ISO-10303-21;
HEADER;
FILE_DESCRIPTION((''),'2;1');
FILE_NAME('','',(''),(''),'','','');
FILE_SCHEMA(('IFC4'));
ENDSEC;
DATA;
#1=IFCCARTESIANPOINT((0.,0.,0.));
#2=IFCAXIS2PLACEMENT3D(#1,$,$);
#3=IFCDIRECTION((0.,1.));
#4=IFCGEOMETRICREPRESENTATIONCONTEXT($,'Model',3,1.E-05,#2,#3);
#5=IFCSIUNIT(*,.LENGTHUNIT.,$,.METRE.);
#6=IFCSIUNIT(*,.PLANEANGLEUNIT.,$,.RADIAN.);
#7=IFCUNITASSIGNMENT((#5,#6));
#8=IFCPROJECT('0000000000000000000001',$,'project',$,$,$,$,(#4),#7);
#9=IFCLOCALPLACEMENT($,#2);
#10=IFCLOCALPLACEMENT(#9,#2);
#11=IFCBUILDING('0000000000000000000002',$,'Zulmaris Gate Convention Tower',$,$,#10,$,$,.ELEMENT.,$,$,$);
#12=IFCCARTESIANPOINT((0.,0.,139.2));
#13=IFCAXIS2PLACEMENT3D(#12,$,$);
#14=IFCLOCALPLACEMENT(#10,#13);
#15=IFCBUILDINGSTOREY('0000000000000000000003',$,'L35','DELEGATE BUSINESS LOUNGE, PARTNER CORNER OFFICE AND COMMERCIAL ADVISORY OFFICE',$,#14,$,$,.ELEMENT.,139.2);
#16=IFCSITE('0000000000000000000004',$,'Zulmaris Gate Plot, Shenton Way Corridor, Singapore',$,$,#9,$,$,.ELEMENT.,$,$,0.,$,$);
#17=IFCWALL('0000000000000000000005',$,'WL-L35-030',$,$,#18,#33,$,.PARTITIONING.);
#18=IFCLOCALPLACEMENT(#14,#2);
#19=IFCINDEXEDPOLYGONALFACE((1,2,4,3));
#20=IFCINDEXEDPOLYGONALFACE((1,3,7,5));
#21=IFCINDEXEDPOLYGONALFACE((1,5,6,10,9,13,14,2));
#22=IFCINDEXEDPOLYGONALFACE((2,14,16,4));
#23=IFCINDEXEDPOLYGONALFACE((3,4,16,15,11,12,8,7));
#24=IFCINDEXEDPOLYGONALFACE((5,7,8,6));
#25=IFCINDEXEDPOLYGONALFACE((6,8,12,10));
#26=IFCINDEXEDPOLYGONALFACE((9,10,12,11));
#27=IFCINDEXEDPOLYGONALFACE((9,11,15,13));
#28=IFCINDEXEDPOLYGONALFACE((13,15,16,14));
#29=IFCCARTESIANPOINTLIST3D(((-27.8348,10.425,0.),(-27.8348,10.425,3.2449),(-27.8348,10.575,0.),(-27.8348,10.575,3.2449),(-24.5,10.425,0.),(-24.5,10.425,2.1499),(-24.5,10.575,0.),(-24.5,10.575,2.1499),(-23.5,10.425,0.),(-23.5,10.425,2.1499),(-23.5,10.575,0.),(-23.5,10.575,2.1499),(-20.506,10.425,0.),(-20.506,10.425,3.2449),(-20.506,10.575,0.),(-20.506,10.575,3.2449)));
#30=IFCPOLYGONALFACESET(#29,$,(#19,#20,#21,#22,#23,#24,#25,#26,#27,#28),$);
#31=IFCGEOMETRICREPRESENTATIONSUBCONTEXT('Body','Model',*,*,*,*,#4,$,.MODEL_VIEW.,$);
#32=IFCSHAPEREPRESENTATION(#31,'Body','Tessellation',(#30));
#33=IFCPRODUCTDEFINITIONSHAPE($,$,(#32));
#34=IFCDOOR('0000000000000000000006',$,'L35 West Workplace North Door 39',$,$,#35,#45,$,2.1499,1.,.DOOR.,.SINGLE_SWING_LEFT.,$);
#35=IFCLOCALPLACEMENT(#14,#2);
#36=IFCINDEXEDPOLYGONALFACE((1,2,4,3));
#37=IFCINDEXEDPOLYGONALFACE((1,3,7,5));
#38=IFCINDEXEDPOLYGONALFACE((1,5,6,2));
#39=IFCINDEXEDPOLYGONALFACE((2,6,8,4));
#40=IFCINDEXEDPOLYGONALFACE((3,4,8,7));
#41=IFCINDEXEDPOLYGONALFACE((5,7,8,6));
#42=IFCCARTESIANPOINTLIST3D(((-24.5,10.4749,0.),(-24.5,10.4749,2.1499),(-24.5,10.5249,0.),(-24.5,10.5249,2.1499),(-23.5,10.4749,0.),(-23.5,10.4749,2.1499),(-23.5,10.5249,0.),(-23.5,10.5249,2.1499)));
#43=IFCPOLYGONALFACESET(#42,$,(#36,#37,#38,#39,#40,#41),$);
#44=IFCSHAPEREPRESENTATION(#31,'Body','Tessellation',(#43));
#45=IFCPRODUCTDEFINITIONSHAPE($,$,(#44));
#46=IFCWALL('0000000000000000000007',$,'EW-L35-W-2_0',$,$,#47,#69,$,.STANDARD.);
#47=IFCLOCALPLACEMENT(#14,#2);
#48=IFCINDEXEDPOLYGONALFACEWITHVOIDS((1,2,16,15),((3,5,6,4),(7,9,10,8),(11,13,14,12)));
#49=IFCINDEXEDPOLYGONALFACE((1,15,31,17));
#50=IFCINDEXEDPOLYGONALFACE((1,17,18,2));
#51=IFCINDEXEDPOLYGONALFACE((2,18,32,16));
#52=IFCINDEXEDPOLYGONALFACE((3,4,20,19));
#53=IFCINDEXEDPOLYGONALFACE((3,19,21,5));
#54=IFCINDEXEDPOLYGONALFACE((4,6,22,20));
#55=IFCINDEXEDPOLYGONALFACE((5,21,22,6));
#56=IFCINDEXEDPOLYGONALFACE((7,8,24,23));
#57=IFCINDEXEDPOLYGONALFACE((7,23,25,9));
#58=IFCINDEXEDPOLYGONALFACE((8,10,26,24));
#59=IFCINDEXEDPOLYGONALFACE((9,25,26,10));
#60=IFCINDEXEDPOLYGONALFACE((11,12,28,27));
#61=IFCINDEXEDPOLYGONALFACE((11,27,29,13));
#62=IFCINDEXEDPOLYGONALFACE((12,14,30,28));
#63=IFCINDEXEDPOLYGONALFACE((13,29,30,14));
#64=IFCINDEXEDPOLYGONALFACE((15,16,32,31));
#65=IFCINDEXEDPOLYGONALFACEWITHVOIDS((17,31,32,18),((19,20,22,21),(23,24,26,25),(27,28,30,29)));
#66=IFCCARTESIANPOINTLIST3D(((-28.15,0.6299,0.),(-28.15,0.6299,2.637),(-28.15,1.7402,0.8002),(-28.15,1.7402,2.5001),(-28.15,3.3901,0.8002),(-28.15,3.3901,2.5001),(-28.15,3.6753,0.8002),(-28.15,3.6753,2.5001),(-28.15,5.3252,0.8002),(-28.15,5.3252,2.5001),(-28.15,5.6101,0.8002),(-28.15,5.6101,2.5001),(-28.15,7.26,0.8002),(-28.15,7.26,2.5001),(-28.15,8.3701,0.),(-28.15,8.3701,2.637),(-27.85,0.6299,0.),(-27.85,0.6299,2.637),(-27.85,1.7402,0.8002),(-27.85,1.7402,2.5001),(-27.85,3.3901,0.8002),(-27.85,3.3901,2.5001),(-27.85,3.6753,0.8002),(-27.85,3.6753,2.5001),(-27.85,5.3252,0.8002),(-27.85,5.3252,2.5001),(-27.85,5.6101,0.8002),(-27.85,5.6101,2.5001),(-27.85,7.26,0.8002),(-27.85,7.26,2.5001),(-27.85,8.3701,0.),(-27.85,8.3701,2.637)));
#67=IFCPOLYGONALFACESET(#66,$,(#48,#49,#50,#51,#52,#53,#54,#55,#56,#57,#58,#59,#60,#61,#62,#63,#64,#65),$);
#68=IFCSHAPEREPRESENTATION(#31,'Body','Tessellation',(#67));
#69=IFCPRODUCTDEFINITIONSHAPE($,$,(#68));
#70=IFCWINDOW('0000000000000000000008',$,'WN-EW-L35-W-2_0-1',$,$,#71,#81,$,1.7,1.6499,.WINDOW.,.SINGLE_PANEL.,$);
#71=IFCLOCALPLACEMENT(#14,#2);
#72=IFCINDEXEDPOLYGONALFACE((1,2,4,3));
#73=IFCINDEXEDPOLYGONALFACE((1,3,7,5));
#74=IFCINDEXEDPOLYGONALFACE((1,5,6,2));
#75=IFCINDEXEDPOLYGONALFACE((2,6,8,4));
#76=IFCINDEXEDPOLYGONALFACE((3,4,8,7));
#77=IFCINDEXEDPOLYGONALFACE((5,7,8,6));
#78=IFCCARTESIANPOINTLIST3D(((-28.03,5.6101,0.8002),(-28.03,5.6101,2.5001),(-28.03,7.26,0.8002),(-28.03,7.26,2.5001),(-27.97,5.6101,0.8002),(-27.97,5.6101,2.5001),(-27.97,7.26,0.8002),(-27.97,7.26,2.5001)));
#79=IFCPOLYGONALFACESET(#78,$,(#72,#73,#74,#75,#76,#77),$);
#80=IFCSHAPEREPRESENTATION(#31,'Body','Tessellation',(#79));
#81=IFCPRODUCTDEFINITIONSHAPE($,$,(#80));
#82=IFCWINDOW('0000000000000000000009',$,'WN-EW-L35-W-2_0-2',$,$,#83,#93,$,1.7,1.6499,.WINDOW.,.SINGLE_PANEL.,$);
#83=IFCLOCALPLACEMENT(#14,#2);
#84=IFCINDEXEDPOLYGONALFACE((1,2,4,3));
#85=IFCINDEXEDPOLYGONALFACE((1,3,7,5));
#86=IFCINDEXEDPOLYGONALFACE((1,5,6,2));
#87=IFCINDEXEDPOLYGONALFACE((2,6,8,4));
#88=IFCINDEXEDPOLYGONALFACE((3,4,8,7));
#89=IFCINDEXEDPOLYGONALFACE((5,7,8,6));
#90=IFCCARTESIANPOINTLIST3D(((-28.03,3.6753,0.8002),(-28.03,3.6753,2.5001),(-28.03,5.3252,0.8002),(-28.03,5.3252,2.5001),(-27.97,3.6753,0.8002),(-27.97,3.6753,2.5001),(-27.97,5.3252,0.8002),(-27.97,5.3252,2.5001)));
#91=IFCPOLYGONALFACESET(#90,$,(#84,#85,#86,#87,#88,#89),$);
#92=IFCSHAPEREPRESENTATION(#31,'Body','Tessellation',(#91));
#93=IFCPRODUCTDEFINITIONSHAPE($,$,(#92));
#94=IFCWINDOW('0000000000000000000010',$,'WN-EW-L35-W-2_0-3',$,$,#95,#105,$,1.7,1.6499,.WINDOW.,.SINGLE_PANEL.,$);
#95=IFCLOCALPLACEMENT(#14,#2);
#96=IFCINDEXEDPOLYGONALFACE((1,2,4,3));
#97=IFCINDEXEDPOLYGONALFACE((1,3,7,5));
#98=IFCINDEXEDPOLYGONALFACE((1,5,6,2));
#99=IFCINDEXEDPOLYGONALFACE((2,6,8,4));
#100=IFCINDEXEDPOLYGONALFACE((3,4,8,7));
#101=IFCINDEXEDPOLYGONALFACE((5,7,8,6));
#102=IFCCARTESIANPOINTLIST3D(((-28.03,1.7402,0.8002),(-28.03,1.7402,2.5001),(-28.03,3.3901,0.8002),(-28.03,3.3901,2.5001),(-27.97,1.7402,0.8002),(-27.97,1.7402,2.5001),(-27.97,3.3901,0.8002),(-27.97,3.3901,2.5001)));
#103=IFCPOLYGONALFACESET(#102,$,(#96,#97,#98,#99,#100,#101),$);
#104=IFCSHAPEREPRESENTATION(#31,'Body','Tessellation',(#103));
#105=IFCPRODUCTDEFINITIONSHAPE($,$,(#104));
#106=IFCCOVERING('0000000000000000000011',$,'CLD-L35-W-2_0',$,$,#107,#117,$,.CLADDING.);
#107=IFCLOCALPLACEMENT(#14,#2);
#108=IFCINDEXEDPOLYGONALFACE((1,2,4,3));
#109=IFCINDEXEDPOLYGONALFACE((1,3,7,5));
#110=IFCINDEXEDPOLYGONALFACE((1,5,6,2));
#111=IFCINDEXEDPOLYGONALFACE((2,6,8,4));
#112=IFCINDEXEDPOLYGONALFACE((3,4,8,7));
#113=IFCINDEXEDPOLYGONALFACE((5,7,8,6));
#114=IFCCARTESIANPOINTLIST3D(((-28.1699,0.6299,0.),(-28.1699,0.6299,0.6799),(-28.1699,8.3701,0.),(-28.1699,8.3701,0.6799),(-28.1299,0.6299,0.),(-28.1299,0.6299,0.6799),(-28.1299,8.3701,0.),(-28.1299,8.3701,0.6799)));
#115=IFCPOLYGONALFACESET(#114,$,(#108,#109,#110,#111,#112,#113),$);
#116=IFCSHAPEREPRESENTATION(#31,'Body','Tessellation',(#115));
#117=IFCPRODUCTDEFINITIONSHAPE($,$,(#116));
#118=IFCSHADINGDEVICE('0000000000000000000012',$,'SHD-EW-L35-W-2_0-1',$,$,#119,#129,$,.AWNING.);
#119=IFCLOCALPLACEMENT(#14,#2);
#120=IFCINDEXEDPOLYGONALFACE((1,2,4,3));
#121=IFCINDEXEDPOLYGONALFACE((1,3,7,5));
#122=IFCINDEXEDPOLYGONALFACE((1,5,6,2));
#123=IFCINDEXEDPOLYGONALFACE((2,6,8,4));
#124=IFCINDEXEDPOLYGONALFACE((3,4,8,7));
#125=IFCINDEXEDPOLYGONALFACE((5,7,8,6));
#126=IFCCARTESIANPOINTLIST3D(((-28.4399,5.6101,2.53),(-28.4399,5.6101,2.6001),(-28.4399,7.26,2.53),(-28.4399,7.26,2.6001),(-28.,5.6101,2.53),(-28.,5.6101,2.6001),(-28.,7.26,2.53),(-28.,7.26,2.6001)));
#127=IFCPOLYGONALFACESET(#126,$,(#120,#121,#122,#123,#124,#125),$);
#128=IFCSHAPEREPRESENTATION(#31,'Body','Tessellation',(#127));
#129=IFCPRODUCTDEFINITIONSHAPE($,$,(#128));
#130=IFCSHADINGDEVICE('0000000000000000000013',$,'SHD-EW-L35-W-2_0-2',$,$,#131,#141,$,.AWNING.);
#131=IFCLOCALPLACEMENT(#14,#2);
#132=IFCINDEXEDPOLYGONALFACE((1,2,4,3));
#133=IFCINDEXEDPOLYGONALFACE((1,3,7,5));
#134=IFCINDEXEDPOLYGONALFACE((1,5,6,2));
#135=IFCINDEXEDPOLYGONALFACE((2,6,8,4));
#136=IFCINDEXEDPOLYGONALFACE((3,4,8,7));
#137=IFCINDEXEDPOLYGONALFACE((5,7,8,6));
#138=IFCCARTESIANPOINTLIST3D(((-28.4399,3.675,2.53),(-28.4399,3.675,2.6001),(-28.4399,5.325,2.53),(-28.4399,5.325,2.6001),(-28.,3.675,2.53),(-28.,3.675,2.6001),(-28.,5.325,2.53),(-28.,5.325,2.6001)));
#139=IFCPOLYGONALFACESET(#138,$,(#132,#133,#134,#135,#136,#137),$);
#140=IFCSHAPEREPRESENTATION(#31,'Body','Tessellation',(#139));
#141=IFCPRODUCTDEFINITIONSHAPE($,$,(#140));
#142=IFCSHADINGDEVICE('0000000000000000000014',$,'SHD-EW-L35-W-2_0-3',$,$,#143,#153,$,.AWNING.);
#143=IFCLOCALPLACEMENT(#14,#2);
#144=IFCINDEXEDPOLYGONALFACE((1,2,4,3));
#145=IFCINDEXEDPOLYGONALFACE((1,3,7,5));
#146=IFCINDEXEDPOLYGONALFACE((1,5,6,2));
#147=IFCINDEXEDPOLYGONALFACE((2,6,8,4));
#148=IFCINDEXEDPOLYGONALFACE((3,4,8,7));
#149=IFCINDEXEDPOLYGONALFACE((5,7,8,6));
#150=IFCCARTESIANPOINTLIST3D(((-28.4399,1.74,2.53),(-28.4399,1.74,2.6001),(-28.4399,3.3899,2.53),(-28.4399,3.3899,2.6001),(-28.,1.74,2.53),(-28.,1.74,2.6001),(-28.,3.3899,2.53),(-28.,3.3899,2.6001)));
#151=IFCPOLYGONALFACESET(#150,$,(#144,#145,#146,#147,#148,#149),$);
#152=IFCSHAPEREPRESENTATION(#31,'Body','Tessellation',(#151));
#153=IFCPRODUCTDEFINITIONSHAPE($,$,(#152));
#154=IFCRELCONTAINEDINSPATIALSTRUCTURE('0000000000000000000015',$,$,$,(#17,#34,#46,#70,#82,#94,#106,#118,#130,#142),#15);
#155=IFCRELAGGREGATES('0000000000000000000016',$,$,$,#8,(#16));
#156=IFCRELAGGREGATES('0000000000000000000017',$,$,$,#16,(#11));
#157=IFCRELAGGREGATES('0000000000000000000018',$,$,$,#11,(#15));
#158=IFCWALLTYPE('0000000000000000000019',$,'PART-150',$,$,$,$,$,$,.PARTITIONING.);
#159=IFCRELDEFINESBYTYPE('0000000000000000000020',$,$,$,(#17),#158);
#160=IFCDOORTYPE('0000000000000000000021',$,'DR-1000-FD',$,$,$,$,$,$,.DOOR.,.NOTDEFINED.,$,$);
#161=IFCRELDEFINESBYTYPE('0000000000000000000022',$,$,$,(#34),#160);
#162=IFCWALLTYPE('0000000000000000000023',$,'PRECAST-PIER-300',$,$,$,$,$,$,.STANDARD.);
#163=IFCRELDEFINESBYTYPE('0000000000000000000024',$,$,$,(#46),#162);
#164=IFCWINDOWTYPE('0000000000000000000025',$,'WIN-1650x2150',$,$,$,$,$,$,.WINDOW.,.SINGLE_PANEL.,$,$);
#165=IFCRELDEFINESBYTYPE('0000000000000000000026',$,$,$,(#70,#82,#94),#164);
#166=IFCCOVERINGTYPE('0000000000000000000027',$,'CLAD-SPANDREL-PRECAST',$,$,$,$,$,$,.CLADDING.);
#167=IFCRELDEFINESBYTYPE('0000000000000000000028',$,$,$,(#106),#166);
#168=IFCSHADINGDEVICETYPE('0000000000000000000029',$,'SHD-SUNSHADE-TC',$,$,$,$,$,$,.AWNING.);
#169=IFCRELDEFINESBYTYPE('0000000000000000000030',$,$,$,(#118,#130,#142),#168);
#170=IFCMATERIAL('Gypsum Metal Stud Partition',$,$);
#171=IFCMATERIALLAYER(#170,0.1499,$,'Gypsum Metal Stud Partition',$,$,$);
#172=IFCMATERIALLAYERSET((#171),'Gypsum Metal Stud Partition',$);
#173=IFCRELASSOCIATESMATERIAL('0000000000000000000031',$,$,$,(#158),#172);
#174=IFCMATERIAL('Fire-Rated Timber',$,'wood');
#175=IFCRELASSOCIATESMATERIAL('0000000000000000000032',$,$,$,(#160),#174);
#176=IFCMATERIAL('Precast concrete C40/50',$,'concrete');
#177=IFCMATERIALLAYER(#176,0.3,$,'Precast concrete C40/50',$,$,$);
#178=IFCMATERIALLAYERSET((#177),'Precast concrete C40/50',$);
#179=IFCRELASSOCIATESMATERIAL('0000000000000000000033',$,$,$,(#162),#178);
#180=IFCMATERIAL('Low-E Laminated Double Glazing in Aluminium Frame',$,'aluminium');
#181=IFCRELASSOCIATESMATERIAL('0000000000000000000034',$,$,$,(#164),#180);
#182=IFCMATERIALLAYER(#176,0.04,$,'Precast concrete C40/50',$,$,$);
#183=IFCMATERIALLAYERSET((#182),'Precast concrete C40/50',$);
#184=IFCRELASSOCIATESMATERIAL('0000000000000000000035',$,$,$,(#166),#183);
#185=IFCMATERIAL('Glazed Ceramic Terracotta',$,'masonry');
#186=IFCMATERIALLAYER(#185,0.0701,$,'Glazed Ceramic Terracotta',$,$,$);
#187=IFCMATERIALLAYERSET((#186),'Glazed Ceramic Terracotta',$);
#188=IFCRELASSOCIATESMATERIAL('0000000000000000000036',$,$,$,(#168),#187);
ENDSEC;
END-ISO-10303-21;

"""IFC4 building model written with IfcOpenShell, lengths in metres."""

from ifc_helpers import new_model, si_unit, direction, frame, frame_2d, origin, place, context, subcontext, project, spatial, rectangle, extrude, material, layer, layer_set, type_object, element, fill, save


model = new_model("IFC4")

# Units and contexts
model_context = context("Model", 3, precision=1e-05, world=origin(), true_north=direction((0.0, 1.0)))
body_context = subcontext(model_context, "Body", "Model", "MODEL_VIEW")
ifc_project = project(units=[si_unit("LENGTHUNIT", "METRE"), si_unit("PLANEANGLEUNIT", "RADIAN")], contexts=[model_context])

# Site, building, storey
site_placement = place(None, origin())
site = spatial("IfcSite", under=ifc_project, at=site_placement, Name="Zulmaris Gate Plot, Shenton Way Corridor, Singapore", CompositionType="ELEMENT", RefElevation=0.0)
building_placement = place(site_placement, origin())
building = spatial("IfcBuilding", under=site, at=building_placement, Name="Zulmaris Gate Convention Tower", CompositionType="ELEMENT")
storey_placement = place(building_placement, frame((0.0, 0.0, 139.2)))
storey = spatial("IfcBuildingStorey", under=building, at=storey_placement, Name="L35", Description="DELEGATE BUSINESS LOUNGE, PARTNER CORNER OFFICE AND COMMERCIAL ADVISORY OFFICE", CompositionType="ELEMENT", Elevation=139.2)

# Wall, opening, door
ifc_material_1 = material(Name="Gypsum Metal Stud Partition")
ifc_layer_1 = layer(ifc_material_1, 0.1499, Name="Gypsum Metal Stud Partition")
ifc_layer_set_1 = layer_set([ifc_layer_1], Name="Gypsum Metal Stud Partition")
wall_type_1 = type_object("IfcWallType", Name="PART-150", PredefinedType="PARTITIONING", material=ifc_layer_set_1)
wall_1_placement = place(storey_placement, frame((-27.835, 10.5, 0.0), z_axis=(0.0, 0.0, 1.0), x_axis=(1.0, 0.0, 0.0)))
wall_1 = element("IfcWall", 1, at=wall_1_placement, inside=storey, type_object=wall_type_1, Name="WL-L35-030", PredefinedType="PARTITIONING", context=body_context, shape_type="SweptSolid", body=[
    extrude(rectangle(XDim=7.3289, YDim=0.1499, at=frame_2d((3.6646, 0.0))), origin(), (0.0, 0.0, 1.0), 3.2449),
])
opening_1_placement = place(wall_1_placement, frame((3.335, 0.0, 0.0)))
opening_1 = element("IfcOpeningElement", 2, at=opening_1_placement, cuts=wall_1, PredefinedType="OPENING", context=body_context, shape_type="SweptSolid", body=[
    extrude(rectangle(XDim=1.0, YDim=2.1499, at=frame_2d((0.5, 1.075))), frame((0.0, 0.085, 0.0), z_axis=(0.0, -1.0, 0.0), x_axis=(1.0, 0.0, 0.0)), (0.0, 0.0, 1.0), 0.1699),
])
ifc_material_2 = material(Name="Fire-Rated Timber", Category="wood")
door_type = type_object("IfcDoorType", Name="DR-1000-FD", OperationType="NOTDEFINED", PredefinedType="DOOR", material=ifc_material_2)
door_placement = place(opening_1_placement, origin())
door = element("IfcDoor", 3, at=door_placement, inside=storey, type_object=door_type, Name="L35 West Workplace North Door 39", OperationType="SINGLE_SWING_LEFT", OverallHeight=2.1499, OverallWidth=1.0, PredefinedType="DOOR", context=body_context, shape_type="SweptSolid", body=[
    extrude(rectangle(XDim=1.0, YDim=2.1499, at=frame_2d((0.5, 1.075))), frame((0.0, 0.0249, 0.0), z_axis=(0.0, -1.0, 0.0), x_axis=(1.0, 0.0, 0.0)), (0.0, 0.0, 1.0), 0.05),
])
fill(opening_1, door)

# Wall, openings, windows
ifc_material_3 = material(Name="Precast concrete C40/50", Category="concrete")
ifc_layer_2 = layer(ifc_material_3, 0.3, Name="Precast concrete C40/50")
ifc_layer_set_2 = layer_set([ifc_layer_2], Name="Precast concrete C40/50")
wall_type_2 = type_object("IfcWallType", Name="PRECAST-PIER-300", PredefinedType="STANDARD", material=ifc_layer_set_2)
wall_2_placement = place(storey_placement, frame((-28.0, 8.3701, 0.0), z_axis=(0.0, 0.0, 1.0), x_axis=(0.0, -1.0, 0.0)))
wall_2 = element("IfcWall", 4, at=wall_2_placement, inside=storey, type_object=wall_type_2, Name="EW-L35-W-2_0", PredefinedType="STANDARD", context=body_context, shape_type="SweptSolid", body=[
    extrude(rectangle(XDim=7.7402, YDim=0.3, at=frame_2d((3.8701, 0.0))), origin(), (0.0, 0.0, 1.0), 2.637),
])
opening_2_placement = place(wall_2_placement, frame((1.1101, 0.0, 0.8)))
opening_2 = element("IfcOpeningElement", 5, at=opening_2_placement, cuts=wall_2, PredefinedType="OPENING", context=body_context, shape_type="SweptSolid", body=[
    extrude(rectangle(XDim=1.6499, YDim=1.7, at=frame_2d((0.825, 0.8501))), frame((0.0, 0.1602, 0.0), z_axis=(0.0, -1.0, 0.0), x_axis=(1.0, 0.0, 0.0)), (0.0, 0.0, 1.0), 0.3201),
])
opening_3_placement = place(wall_2_placement, frame((3.0449, 0.0, 0.8)))
opening_3 = element("IfcOpeningElement", 6, at=opening_3_placement, cuts=wall_2, PredefinedType="OPENING", context=body_context, shape_type="SweptSolid", body=[
    extrude(rectangle(XDim=1.6499, YDim=1.7, at=frame_2d((0.825, 0.8501))), frame((0.0, 0.1602, 0.0), z_axis=(0.0, -1.0, 0.0), x_axis=(1.0, 0.0, 0.0)), (0.0, 0.0, 1.0), 0.3201),
])
opening_4_placement = place(wall_2_placement, frame((4.98, 0.0, 0.8)))
opening_4 = element("IfcOpeningElement", 7, at=opening_4_placement, cuts=wall_2, PredefinedType="OPENING", context=body_context, shape_type="SweptSolid", body=[
    extrude(rectangle(XDim=1.6499, YDim=1.7, at=frame_2d((0.825, 0.8501))), frame((0.0, 0.1602, 0.0), z_axis=(0.0, -1.0, 0.0), x_axis=(1.0, 0.0, 0.0)), (0.0, 0.0, 1.0), 0.3201),
])
ifc_material_4 = material(Name="Low-E Laminated Double Glazing in Aluminium Frame", Category="aluminium")
window_type = type_object("IfcWindowType", Name="WIN-1650x2150", PartitioningType="SINGLE_PANEL", PredefinedType="WINDOW", material=ifc_material_4)
window_1_placement = place(opening_2_placement, origin())
window_1 = element("IfcWindow", 8, at=window_1_placement, inside=storey, type_object=window_type, Name="WN-EW-L35-W-2_0-1", OverallHeight=1.7, OverallWidth=1.6499, PartitioningType="SINGLE_PANEL", PredefinedType="WINDOW", context=body_context, shape_type="SweptSolid", body=[
    extrude(rectangle(XDim=1.6499, YDim=1.7, at=frame_2d((0.825, 0.8501))), frame((0.0, 0.03, 0.0), z_axis=(0.0, -1.0, 0.0), x_axis=(1.0, 0.0, 0.0)), (0.0, 0.0, 1.0), 0.0601),
])
fill(opening_2, window_1)
window_2_placement = place(opening_3_placement, origin())
window_2 = element("IfcWindow", 9, at=window_2_placement, inside=storey, type_object=window_type, Name="WN-EW-L35-W-2_0-2", OverallHeight=1.7, OverallWidth=1.6499, PartitioningType="SINGLE_PANEL", PredefinedType="WINDOW", context=body_context, shape_type="SweptSolid", body=[
    extrude(rectangle(XDim=1.6499, YDim=1.7, at=frame_2d((0.825, 0.8501))), frame((0.0, 0.03, 0.0), z_axis=(0.0, -1.0, 0.0), x_axis=(1.0, 0.0, 0.0)), (0.0, 0.0, 1.0), 0.0601),
])
fill(opening_3, window_2)
window_3_placement = place(opening_4_placement, origin())
window_3 = element("IfcWindow", 10, at=window_3_placement, inside=storey, type_object=window_type, Name="WN-EW-L35-W-2_0-3", OverallHeight=1.7, OverallWidth=1.6499, PartitioningType="SINGLE_PANEL", PredefinedType="WINDOW", context=body_context, shape_type="SweptSolid", body=[
    extrude(rectangle(XDim=1.6499, YDim=1.7, at=frame_2d((0.825, 0.8501))), frame((0.0, 0.03, 0.0), z_axis=(0.0, -1.0, 0.0), x_axis=(1.0, 0.0, 0.0)), (0.0, 0.0, 1.0), 0.0601),
])
fill(opening_4, window_3)

# Covering
ifc_layer_3 = layer(ifc_material_3, 0.04, Name="Precast concrete C40/50")
ifc_layer_set_3 = layer_set([ifc_layer_3], Name="Precast concrete C40/50")
covering_type = type_object("IfcCoveringType", Name="CLAD-SPANDREL-PRECAST", PredefinedType="CLADDING", material=ifc_layer_set_3)
covering_placement = place(storey_placement, frame((-28.1499, 8.3701, 0.0), z_axis=(0.0, 0.0, 1.0), x_axis=(0.0, -1.0, 0.0)))
element("IfcCovering", 11, at=covering_placement, inside=storey, type_object=covering_type, Name="CLD-L35-W-2_0", PredefinedType="CLADDING", context=body_context, shape_type="SweptSolid", body=[
    extrude(rectangle(XDim=7.7402, YDim=0.04, at=frame_2d((3.8701, 0.0))), origin(), (0.0, 0.0, 1.0), 0.6799),
])

# Shading devices
ifc_material_5 = material(Name="Glazed Ceramic Terracotta", Category="masonry")
ifc_layer_4 = layer(ifc_material_5, 0.0701, Name="Glazed Ceramic Terracotta")
ifc_layer_set_4 = layer_set([ifc_layer_4], Name="Glazed Ceramic Terracotta")
shading_device_type = type_object("IfcShadingDeviceType", Name="SHD-SUNSHADE-TC", PredefinedType="AWNING", material=ifc_layer_set_4)
for number, where, z_axis, x_axis, name in (
    (12, (-28.22, 7.26, 2.53), (0.0, 0.0, 1.0), (0.0, -1.0, 0.0), "SHD-EW-L35-W-2_0-1"),
    (13, (-28.22, 5.325, 2.53), (0.0, 0.0, 1.0), (0.0, -1.0, 0.0), "SHD-EW-L35-W-2_0-2"),
    (14, (-28.22, 3.3899, 2.53), (0.0, 0.0, 1.0), (0.0, -1.0, 0.0), "SHD-EW-L35-W-2_0-3"),
):
    element("IfcShadingDevice", number, at=place(storey_placement, frame(where, z_axis=z_axis, x_axis=x_axis)), inside=storey, type_object=shading_device_type, Name=name, PredefinedType="AWNING", context=body_context, shape_type="SweptSolid", body=[
        extrude(rectangle(XDim=1.6499, YDim=0.4399, at=frame_2d((0.825, 0.0))), origin(), (0.0, 0.0, 1.0), 0.0701),
    ])

save(model, "model.ifc")
